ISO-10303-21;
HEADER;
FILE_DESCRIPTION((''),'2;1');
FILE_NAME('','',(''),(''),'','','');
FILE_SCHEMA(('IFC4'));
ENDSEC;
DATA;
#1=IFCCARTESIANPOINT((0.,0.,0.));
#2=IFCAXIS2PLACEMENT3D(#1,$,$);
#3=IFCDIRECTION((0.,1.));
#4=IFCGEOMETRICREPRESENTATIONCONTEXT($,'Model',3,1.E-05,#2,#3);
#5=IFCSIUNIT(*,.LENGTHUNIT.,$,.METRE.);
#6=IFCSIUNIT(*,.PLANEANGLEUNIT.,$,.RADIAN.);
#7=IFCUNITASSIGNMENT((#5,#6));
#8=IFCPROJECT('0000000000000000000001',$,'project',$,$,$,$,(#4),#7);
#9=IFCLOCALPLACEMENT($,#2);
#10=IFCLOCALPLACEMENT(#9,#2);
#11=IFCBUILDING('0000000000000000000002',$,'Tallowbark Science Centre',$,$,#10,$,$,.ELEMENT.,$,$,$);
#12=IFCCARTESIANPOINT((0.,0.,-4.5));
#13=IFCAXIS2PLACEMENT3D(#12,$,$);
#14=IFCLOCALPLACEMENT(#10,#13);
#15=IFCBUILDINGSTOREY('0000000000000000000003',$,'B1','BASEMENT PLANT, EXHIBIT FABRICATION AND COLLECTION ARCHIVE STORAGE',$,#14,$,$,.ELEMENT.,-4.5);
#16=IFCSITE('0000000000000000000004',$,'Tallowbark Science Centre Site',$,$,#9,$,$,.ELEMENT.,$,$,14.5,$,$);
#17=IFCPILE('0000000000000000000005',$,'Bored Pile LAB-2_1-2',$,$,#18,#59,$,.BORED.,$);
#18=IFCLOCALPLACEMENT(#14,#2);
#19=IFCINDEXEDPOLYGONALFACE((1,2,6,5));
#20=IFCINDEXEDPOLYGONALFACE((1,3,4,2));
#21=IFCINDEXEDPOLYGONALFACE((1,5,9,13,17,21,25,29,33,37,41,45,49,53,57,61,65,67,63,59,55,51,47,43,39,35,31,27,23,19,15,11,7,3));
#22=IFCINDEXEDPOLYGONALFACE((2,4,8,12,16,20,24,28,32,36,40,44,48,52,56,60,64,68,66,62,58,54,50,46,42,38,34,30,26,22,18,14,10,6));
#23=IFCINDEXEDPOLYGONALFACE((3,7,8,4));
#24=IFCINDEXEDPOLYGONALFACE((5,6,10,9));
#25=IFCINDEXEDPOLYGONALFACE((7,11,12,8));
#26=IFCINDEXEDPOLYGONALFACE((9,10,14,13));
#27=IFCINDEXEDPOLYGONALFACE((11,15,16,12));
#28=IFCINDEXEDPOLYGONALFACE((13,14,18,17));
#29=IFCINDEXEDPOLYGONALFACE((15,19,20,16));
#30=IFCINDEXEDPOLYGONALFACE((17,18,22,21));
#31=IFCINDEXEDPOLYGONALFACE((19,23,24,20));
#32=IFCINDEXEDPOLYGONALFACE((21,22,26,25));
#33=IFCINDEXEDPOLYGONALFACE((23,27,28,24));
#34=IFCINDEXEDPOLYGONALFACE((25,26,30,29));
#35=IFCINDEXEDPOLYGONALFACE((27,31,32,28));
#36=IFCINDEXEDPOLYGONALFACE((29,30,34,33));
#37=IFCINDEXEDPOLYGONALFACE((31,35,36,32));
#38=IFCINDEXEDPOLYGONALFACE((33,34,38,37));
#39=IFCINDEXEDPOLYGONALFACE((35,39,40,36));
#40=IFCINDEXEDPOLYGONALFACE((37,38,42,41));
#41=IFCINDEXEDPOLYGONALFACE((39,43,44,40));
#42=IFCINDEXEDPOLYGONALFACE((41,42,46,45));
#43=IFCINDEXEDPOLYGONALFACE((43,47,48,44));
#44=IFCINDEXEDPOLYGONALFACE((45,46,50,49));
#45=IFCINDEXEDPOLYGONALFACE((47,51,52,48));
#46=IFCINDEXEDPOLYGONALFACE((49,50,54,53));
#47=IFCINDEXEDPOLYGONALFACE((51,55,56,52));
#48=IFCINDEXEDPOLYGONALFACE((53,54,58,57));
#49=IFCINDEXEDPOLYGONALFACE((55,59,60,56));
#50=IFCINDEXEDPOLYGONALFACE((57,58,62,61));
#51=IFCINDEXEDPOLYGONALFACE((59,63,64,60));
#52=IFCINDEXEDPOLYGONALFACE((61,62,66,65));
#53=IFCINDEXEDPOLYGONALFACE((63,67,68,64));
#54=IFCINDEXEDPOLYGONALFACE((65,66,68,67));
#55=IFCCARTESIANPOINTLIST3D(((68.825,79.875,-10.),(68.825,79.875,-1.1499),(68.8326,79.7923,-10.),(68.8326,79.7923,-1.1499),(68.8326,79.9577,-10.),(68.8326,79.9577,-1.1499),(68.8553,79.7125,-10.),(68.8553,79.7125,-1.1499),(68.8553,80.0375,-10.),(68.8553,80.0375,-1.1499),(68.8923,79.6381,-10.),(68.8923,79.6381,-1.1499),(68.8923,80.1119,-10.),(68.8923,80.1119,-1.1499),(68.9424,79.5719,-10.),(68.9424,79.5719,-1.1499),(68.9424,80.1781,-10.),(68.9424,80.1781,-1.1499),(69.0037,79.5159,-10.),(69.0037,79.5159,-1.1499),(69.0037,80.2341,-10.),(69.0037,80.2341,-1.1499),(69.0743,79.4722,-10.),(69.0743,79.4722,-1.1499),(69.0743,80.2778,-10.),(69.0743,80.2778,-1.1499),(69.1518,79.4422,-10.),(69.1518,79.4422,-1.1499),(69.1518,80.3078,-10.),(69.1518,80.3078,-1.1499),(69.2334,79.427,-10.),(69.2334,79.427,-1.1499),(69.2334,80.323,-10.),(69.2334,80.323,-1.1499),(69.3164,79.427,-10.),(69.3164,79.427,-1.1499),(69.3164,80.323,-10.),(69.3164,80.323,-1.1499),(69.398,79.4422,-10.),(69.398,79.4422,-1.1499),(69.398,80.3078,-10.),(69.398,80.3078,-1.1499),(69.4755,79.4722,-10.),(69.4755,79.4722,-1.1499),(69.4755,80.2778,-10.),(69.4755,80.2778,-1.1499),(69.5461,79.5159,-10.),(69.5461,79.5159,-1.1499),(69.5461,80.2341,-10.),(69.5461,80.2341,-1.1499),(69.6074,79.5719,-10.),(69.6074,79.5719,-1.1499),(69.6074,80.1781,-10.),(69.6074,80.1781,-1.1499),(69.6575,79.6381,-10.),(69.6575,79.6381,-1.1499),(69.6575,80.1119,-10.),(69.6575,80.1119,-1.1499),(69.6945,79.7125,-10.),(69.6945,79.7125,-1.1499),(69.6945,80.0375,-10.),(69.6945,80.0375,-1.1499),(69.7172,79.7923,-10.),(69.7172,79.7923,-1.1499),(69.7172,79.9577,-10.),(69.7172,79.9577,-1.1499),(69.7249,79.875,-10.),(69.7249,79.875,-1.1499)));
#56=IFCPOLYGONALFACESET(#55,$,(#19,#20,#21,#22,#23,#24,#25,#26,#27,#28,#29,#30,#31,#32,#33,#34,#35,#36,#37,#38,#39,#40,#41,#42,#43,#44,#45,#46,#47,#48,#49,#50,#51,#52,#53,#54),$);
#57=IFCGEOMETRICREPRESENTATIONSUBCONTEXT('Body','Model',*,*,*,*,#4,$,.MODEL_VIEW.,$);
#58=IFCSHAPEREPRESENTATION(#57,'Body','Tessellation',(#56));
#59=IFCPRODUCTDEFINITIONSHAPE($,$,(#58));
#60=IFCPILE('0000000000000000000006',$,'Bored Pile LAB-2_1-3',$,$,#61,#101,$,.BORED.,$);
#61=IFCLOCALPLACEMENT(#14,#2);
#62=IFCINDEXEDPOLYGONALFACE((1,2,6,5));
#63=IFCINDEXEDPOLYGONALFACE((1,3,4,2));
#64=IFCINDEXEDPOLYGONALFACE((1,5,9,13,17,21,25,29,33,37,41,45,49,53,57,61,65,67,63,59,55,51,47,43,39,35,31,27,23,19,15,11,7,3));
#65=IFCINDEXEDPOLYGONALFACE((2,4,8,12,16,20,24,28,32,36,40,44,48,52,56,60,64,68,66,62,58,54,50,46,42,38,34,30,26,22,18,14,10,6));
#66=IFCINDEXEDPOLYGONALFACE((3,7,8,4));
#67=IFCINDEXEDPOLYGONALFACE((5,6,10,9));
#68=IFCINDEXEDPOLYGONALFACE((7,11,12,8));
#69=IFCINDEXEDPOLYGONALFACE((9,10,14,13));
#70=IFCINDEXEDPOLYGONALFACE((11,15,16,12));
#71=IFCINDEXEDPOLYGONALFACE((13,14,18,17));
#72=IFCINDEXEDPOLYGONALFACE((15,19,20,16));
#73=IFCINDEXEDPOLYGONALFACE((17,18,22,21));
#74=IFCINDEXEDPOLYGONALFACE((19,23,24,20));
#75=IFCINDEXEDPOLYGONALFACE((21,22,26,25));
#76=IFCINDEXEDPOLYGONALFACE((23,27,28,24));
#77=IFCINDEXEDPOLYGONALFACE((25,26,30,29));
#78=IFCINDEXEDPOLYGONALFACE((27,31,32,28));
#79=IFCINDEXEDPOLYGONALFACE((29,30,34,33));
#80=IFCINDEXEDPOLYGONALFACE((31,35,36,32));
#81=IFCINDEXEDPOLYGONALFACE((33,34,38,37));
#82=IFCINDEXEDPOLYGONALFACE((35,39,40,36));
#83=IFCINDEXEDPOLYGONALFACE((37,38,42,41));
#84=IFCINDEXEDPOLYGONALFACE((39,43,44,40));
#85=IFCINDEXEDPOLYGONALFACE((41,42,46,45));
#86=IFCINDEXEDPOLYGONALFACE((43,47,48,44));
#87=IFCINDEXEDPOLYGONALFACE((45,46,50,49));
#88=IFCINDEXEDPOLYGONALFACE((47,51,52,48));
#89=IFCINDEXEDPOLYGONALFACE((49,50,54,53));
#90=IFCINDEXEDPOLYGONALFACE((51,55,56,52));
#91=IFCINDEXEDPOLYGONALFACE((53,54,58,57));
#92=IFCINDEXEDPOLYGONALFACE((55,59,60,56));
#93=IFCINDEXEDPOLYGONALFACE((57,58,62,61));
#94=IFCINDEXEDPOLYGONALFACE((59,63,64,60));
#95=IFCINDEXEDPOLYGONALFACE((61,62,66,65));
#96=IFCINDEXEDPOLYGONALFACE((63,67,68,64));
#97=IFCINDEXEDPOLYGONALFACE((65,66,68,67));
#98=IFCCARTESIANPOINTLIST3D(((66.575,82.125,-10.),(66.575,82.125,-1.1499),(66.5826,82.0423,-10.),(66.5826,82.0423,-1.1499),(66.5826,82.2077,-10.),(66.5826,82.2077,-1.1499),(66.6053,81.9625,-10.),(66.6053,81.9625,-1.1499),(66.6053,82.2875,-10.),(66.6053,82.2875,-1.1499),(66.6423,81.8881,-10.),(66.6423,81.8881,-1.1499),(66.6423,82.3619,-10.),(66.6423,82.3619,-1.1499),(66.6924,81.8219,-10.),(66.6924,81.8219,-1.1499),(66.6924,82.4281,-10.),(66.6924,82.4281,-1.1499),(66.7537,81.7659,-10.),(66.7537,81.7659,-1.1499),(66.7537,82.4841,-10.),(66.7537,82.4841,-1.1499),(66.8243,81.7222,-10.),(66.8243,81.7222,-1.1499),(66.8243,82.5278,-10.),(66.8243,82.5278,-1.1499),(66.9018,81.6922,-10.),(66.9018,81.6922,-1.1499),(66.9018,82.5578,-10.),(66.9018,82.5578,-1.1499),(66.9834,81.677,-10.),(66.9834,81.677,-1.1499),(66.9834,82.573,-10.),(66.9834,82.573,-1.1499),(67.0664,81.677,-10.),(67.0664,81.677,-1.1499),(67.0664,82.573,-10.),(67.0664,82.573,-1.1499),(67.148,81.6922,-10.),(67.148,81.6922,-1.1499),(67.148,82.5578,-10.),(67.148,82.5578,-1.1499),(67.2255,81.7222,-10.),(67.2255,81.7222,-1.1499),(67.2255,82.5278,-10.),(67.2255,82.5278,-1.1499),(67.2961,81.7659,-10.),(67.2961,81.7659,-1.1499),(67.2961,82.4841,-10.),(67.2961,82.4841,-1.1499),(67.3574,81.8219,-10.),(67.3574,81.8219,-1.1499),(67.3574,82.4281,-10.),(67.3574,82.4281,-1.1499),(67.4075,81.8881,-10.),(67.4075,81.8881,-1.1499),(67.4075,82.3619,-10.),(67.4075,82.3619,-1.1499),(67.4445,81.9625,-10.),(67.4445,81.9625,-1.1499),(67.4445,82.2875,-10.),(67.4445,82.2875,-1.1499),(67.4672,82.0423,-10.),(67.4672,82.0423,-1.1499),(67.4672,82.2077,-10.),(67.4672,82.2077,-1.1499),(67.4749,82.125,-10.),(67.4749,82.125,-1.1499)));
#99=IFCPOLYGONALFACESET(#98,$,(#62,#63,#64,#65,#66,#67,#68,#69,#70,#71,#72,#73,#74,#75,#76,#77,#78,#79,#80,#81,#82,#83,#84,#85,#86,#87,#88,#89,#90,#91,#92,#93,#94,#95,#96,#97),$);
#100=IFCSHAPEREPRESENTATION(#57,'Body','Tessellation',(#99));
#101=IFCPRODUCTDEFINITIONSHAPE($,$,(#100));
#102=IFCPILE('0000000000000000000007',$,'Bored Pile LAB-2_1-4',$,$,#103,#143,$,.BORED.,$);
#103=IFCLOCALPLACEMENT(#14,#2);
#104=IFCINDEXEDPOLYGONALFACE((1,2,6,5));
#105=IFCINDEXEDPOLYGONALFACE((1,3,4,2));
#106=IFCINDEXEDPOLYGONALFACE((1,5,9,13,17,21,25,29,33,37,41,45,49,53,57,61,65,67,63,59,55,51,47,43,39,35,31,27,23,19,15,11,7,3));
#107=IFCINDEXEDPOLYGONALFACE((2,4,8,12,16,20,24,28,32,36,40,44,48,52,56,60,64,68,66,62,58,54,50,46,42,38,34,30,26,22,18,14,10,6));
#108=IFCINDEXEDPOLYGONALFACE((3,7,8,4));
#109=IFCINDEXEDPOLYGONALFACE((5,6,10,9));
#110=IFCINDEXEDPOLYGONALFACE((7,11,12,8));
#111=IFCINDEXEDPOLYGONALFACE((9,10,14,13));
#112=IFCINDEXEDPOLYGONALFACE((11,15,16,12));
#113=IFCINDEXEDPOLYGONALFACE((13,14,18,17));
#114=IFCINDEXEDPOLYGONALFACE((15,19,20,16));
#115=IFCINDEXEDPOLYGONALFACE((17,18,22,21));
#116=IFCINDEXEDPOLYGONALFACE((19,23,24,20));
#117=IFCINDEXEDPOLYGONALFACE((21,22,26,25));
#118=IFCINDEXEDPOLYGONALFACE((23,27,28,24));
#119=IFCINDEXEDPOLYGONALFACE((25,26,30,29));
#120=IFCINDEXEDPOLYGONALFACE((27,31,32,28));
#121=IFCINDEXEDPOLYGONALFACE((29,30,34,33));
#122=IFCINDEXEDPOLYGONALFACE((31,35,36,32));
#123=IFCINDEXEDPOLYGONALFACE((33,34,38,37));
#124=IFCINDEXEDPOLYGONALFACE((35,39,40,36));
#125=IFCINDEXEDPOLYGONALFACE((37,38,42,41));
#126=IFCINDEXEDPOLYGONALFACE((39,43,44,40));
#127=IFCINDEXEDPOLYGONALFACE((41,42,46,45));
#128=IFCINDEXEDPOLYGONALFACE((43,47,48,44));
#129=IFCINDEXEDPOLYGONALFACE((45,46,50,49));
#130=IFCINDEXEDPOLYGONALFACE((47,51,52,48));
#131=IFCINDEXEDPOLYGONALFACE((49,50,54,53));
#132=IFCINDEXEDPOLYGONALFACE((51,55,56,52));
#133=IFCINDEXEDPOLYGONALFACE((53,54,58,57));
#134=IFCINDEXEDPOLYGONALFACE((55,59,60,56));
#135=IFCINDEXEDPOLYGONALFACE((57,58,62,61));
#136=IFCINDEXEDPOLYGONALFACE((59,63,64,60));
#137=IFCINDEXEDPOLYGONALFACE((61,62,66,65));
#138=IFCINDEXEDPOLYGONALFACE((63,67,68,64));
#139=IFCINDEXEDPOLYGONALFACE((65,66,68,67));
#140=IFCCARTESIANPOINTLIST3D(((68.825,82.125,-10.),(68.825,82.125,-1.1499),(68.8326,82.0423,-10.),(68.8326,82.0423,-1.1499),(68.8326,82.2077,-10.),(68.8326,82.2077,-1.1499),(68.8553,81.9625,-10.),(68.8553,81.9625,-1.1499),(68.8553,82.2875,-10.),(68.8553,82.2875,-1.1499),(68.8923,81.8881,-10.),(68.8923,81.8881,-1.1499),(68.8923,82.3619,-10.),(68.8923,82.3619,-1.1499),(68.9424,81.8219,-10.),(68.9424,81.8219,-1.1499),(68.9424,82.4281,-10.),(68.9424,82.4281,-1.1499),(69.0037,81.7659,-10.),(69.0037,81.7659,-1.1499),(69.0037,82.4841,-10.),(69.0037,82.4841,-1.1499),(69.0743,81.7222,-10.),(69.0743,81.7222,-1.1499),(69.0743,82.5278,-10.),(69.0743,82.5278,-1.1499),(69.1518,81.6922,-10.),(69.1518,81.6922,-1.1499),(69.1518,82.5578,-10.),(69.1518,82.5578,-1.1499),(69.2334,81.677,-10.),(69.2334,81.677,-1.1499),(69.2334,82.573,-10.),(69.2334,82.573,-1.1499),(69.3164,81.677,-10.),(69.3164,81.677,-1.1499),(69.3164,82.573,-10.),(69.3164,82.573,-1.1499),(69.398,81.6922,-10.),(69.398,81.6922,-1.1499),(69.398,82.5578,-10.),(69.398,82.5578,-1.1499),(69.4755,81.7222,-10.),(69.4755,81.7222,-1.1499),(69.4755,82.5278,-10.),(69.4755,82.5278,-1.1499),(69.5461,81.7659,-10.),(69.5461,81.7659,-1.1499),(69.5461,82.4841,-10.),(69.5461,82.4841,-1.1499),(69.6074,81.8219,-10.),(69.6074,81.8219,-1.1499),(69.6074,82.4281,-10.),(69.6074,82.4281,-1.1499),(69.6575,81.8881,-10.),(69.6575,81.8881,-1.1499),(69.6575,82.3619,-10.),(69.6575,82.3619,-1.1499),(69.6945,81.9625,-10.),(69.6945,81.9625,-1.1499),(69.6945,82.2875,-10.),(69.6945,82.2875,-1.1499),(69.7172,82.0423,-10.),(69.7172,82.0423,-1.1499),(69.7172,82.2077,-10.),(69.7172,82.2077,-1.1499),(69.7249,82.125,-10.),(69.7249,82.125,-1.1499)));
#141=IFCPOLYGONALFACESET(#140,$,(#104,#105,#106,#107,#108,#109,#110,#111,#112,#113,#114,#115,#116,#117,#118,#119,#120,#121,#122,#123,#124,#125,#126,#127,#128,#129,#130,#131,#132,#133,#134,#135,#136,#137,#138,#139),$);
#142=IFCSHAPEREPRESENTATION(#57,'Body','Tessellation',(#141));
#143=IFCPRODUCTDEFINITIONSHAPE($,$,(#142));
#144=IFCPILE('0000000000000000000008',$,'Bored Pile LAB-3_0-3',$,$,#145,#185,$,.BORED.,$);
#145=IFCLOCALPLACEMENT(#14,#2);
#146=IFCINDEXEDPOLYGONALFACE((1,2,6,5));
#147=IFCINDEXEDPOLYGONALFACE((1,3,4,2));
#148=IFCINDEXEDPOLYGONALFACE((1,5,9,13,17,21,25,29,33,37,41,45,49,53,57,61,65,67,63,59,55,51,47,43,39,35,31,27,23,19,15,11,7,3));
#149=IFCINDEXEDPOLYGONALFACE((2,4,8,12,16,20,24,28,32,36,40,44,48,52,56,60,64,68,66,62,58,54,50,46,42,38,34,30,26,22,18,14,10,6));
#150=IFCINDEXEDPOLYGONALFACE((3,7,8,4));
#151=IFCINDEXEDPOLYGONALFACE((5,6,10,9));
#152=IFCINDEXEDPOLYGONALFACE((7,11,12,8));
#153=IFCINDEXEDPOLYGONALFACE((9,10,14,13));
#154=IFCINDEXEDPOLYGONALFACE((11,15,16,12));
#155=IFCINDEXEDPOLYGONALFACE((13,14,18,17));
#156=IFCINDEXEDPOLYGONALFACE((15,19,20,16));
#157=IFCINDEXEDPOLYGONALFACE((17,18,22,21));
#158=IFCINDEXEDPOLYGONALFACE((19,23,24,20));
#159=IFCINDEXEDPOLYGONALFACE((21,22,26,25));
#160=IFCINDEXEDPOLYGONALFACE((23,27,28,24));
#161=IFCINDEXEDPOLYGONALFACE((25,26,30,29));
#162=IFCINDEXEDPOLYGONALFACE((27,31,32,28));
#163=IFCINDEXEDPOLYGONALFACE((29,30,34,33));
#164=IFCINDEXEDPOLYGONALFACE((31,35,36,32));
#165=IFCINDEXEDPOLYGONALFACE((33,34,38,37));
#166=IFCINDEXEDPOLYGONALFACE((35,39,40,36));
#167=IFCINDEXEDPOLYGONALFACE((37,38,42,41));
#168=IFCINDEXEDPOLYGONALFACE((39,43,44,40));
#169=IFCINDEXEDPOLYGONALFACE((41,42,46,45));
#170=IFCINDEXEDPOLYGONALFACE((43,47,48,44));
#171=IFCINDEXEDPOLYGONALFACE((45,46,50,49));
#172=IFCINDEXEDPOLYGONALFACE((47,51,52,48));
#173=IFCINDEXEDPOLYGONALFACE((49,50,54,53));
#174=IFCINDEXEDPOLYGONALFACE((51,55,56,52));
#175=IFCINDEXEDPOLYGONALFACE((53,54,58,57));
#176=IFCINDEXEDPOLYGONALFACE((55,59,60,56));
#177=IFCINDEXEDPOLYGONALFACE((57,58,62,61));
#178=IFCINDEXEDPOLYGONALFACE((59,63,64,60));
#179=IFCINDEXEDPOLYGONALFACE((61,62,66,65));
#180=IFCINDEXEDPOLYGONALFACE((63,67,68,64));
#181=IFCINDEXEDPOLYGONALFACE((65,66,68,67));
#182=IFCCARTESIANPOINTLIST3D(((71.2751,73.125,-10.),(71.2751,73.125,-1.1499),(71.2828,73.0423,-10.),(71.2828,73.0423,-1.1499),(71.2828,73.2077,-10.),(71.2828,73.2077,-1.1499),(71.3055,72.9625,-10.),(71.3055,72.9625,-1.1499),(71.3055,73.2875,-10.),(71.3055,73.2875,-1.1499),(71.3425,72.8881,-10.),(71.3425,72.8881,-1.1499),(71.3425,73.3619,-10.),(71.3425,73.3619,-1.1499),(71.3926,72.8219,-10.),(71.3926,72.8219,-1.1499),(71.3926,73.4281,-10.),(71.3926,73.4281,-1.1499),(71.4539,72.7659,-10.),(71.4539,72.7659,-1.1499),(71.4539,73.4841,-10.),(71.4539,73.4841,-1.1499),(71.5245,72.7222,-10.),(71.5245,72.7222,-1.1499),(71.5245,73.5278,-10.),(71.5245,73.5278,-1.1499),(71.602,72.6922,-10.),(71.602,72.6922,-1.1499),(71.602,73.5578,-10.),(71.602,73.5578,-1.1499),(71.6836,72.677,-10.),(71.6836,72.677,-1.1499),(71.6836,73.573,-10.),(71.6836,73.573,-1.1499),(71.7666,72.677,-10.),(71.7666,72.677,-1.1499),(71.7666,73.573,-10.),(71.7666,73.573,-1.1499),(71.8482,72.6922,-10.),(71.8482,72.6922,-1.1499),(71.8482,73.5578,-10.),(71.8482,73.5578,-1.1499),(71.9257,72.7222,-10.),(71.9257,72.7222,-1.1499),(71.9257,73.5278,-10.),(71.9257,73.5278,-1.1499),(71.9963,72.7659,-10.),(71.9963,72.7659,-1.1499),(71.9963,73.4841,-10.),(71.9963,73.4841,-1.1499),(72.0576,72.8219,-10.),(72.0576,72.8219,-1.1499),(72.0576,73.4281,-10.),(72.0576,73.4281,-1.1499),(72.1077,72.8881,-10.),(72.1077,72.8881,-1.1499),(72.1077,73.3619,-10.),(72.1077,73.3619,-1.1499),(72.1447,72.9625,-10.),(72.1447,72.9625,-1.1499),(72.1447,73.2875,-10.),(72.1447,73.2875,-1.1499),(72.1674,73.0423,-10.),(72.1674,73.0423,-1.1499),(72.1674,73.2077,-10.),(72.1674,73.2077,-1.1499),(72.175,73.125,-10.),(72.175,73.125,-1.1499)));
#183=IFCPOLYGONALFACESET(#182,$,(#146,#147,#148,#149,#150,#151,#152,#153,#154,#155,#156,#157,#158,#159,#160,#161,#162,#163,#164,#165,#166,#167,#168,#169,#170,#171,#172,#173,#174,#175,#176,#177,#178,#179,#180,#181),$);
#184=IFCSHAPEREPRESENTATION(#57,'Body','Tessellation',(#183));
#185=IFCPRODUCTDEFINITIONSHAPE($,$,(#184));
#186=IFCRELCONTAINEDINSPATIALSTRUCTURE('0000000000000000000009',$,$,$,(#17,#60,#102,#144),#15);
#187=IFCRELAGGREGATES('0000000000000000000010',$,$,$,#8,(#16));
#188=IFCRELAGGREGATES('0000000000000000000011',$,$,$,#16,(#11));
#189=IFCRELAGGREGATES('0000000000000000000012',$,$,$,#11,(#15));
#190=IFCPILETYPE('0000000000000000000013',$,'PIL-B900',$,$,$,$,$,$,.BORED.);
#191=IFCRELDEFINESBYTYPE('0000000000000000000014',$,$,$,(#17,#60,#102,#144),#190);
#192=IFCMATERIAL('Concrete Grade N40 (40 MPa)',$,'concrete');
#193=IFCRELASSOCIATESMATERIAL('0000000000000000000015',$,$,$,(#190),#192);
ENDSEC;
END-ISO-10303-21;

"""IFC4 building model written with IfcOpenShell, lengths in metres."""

from ifc_helpers import new_model, si_unit, direction, frame, origin, origin_2d, place, context, subcontext, project, spatial, circle, extrude, material, material_profile, profile_set, type_object, element, save


model = new_model("IFC4")

# Units and contexts
model_context = context("Model", 3, precision=1e-05, world=origin(), true_north=direction((0.0, 1.0)))
body_context = subcontext(model_context, "Body", "Model", "MODEL_VIEW")
ifc_project = project(units=[si_unit("LENGTHUNIT", "METRE"), si_unit("PLANEANGLEUNIT", "RADIAN")], contexts=[model_context])

# Site, building, storey
site_placement = place(None, origin())
site = spatial("IfcSite", under=ifc_project, at=site_placement, Name="Tallowbark Science Centre Site", CompositionType="ELEMENT", RefElevation=14.5)
building_placement = place(site_placement, origin())
building = spatial("IfcBuilding", under=site, at=building_placement, Name="Tallowbark Science Centre", CompositionType="ELEMENT")
storey_placement = place(building_placement, frame((0.0, 0.0, -4.5)))
storey = spatial("IfcBuildingStorey", under=building, at=storey_placement, Name="B1", Description="BASEMENT PLANT, EXHIBIT FABRICATION AND COLLECTION ARCHIVE STORAGE", CompositionType="ELEMENT", Elevation=-4.5)

# Shared definitions
ifc_material_1 = material(Name="Concrete Grade N40 (40 MPa)", Category="concrete")

# Piles
ifc_material_profile_1 = material_profile(ifc_material_1, circle(Radius=0.45, at=origin_2d()), Name="PILE900")
ifc_profile_set_1 = profile_set([ifc_material_profile_1], Name="Concrete Grade N40 (40 MPa)")
pile_type_1 = type_object("IfcPileType", Name="PIL-B900", PredefinedType="BORED", material=ifc_profile_set_1)
for number, where, z_axis, x_axis, name in (
    (1, (69.2749, 79.875, -1.1499), (0.0, 0.0, -1.0), (1.0, 0.0, 0.0), "Bored Pile LAB-2_1-2"),
    (2, (67.0249, 82.125, -1.1499), (0.0, 0.0, -1.0), (1.0, 0.0, 0.0), "Bored Pile LAB-2_1-3"),
    (3, (69.2749, 82.125, -1.1499), (0.0, 0.0, -1.0), (1.0, 0.0, 0.0), "Bored Pile LAB-2_1-4"),
    (4, (71.7251, 73.125, -1.1499), (0.0, 0.0, -1.0), (1.0, 0.0, 0.0), "Bored Pile LAB-3_0-3"),
):
    element("IfcPile", number, at=place(storey_placement, frame(where, z_axis=z_axis, x_axis=x_axis)), inside=storey, type_object=pile_type_1, Name=name, PredefinedType="BORED", context=body_context, shape_type="SweptSolid", body=[
        extrude(circle(Radius=0.45, at=origin_2d()), origin(), (0.0, 0.0, 1.0), 8.8501),
    ])

save(model, "model.ifc")
